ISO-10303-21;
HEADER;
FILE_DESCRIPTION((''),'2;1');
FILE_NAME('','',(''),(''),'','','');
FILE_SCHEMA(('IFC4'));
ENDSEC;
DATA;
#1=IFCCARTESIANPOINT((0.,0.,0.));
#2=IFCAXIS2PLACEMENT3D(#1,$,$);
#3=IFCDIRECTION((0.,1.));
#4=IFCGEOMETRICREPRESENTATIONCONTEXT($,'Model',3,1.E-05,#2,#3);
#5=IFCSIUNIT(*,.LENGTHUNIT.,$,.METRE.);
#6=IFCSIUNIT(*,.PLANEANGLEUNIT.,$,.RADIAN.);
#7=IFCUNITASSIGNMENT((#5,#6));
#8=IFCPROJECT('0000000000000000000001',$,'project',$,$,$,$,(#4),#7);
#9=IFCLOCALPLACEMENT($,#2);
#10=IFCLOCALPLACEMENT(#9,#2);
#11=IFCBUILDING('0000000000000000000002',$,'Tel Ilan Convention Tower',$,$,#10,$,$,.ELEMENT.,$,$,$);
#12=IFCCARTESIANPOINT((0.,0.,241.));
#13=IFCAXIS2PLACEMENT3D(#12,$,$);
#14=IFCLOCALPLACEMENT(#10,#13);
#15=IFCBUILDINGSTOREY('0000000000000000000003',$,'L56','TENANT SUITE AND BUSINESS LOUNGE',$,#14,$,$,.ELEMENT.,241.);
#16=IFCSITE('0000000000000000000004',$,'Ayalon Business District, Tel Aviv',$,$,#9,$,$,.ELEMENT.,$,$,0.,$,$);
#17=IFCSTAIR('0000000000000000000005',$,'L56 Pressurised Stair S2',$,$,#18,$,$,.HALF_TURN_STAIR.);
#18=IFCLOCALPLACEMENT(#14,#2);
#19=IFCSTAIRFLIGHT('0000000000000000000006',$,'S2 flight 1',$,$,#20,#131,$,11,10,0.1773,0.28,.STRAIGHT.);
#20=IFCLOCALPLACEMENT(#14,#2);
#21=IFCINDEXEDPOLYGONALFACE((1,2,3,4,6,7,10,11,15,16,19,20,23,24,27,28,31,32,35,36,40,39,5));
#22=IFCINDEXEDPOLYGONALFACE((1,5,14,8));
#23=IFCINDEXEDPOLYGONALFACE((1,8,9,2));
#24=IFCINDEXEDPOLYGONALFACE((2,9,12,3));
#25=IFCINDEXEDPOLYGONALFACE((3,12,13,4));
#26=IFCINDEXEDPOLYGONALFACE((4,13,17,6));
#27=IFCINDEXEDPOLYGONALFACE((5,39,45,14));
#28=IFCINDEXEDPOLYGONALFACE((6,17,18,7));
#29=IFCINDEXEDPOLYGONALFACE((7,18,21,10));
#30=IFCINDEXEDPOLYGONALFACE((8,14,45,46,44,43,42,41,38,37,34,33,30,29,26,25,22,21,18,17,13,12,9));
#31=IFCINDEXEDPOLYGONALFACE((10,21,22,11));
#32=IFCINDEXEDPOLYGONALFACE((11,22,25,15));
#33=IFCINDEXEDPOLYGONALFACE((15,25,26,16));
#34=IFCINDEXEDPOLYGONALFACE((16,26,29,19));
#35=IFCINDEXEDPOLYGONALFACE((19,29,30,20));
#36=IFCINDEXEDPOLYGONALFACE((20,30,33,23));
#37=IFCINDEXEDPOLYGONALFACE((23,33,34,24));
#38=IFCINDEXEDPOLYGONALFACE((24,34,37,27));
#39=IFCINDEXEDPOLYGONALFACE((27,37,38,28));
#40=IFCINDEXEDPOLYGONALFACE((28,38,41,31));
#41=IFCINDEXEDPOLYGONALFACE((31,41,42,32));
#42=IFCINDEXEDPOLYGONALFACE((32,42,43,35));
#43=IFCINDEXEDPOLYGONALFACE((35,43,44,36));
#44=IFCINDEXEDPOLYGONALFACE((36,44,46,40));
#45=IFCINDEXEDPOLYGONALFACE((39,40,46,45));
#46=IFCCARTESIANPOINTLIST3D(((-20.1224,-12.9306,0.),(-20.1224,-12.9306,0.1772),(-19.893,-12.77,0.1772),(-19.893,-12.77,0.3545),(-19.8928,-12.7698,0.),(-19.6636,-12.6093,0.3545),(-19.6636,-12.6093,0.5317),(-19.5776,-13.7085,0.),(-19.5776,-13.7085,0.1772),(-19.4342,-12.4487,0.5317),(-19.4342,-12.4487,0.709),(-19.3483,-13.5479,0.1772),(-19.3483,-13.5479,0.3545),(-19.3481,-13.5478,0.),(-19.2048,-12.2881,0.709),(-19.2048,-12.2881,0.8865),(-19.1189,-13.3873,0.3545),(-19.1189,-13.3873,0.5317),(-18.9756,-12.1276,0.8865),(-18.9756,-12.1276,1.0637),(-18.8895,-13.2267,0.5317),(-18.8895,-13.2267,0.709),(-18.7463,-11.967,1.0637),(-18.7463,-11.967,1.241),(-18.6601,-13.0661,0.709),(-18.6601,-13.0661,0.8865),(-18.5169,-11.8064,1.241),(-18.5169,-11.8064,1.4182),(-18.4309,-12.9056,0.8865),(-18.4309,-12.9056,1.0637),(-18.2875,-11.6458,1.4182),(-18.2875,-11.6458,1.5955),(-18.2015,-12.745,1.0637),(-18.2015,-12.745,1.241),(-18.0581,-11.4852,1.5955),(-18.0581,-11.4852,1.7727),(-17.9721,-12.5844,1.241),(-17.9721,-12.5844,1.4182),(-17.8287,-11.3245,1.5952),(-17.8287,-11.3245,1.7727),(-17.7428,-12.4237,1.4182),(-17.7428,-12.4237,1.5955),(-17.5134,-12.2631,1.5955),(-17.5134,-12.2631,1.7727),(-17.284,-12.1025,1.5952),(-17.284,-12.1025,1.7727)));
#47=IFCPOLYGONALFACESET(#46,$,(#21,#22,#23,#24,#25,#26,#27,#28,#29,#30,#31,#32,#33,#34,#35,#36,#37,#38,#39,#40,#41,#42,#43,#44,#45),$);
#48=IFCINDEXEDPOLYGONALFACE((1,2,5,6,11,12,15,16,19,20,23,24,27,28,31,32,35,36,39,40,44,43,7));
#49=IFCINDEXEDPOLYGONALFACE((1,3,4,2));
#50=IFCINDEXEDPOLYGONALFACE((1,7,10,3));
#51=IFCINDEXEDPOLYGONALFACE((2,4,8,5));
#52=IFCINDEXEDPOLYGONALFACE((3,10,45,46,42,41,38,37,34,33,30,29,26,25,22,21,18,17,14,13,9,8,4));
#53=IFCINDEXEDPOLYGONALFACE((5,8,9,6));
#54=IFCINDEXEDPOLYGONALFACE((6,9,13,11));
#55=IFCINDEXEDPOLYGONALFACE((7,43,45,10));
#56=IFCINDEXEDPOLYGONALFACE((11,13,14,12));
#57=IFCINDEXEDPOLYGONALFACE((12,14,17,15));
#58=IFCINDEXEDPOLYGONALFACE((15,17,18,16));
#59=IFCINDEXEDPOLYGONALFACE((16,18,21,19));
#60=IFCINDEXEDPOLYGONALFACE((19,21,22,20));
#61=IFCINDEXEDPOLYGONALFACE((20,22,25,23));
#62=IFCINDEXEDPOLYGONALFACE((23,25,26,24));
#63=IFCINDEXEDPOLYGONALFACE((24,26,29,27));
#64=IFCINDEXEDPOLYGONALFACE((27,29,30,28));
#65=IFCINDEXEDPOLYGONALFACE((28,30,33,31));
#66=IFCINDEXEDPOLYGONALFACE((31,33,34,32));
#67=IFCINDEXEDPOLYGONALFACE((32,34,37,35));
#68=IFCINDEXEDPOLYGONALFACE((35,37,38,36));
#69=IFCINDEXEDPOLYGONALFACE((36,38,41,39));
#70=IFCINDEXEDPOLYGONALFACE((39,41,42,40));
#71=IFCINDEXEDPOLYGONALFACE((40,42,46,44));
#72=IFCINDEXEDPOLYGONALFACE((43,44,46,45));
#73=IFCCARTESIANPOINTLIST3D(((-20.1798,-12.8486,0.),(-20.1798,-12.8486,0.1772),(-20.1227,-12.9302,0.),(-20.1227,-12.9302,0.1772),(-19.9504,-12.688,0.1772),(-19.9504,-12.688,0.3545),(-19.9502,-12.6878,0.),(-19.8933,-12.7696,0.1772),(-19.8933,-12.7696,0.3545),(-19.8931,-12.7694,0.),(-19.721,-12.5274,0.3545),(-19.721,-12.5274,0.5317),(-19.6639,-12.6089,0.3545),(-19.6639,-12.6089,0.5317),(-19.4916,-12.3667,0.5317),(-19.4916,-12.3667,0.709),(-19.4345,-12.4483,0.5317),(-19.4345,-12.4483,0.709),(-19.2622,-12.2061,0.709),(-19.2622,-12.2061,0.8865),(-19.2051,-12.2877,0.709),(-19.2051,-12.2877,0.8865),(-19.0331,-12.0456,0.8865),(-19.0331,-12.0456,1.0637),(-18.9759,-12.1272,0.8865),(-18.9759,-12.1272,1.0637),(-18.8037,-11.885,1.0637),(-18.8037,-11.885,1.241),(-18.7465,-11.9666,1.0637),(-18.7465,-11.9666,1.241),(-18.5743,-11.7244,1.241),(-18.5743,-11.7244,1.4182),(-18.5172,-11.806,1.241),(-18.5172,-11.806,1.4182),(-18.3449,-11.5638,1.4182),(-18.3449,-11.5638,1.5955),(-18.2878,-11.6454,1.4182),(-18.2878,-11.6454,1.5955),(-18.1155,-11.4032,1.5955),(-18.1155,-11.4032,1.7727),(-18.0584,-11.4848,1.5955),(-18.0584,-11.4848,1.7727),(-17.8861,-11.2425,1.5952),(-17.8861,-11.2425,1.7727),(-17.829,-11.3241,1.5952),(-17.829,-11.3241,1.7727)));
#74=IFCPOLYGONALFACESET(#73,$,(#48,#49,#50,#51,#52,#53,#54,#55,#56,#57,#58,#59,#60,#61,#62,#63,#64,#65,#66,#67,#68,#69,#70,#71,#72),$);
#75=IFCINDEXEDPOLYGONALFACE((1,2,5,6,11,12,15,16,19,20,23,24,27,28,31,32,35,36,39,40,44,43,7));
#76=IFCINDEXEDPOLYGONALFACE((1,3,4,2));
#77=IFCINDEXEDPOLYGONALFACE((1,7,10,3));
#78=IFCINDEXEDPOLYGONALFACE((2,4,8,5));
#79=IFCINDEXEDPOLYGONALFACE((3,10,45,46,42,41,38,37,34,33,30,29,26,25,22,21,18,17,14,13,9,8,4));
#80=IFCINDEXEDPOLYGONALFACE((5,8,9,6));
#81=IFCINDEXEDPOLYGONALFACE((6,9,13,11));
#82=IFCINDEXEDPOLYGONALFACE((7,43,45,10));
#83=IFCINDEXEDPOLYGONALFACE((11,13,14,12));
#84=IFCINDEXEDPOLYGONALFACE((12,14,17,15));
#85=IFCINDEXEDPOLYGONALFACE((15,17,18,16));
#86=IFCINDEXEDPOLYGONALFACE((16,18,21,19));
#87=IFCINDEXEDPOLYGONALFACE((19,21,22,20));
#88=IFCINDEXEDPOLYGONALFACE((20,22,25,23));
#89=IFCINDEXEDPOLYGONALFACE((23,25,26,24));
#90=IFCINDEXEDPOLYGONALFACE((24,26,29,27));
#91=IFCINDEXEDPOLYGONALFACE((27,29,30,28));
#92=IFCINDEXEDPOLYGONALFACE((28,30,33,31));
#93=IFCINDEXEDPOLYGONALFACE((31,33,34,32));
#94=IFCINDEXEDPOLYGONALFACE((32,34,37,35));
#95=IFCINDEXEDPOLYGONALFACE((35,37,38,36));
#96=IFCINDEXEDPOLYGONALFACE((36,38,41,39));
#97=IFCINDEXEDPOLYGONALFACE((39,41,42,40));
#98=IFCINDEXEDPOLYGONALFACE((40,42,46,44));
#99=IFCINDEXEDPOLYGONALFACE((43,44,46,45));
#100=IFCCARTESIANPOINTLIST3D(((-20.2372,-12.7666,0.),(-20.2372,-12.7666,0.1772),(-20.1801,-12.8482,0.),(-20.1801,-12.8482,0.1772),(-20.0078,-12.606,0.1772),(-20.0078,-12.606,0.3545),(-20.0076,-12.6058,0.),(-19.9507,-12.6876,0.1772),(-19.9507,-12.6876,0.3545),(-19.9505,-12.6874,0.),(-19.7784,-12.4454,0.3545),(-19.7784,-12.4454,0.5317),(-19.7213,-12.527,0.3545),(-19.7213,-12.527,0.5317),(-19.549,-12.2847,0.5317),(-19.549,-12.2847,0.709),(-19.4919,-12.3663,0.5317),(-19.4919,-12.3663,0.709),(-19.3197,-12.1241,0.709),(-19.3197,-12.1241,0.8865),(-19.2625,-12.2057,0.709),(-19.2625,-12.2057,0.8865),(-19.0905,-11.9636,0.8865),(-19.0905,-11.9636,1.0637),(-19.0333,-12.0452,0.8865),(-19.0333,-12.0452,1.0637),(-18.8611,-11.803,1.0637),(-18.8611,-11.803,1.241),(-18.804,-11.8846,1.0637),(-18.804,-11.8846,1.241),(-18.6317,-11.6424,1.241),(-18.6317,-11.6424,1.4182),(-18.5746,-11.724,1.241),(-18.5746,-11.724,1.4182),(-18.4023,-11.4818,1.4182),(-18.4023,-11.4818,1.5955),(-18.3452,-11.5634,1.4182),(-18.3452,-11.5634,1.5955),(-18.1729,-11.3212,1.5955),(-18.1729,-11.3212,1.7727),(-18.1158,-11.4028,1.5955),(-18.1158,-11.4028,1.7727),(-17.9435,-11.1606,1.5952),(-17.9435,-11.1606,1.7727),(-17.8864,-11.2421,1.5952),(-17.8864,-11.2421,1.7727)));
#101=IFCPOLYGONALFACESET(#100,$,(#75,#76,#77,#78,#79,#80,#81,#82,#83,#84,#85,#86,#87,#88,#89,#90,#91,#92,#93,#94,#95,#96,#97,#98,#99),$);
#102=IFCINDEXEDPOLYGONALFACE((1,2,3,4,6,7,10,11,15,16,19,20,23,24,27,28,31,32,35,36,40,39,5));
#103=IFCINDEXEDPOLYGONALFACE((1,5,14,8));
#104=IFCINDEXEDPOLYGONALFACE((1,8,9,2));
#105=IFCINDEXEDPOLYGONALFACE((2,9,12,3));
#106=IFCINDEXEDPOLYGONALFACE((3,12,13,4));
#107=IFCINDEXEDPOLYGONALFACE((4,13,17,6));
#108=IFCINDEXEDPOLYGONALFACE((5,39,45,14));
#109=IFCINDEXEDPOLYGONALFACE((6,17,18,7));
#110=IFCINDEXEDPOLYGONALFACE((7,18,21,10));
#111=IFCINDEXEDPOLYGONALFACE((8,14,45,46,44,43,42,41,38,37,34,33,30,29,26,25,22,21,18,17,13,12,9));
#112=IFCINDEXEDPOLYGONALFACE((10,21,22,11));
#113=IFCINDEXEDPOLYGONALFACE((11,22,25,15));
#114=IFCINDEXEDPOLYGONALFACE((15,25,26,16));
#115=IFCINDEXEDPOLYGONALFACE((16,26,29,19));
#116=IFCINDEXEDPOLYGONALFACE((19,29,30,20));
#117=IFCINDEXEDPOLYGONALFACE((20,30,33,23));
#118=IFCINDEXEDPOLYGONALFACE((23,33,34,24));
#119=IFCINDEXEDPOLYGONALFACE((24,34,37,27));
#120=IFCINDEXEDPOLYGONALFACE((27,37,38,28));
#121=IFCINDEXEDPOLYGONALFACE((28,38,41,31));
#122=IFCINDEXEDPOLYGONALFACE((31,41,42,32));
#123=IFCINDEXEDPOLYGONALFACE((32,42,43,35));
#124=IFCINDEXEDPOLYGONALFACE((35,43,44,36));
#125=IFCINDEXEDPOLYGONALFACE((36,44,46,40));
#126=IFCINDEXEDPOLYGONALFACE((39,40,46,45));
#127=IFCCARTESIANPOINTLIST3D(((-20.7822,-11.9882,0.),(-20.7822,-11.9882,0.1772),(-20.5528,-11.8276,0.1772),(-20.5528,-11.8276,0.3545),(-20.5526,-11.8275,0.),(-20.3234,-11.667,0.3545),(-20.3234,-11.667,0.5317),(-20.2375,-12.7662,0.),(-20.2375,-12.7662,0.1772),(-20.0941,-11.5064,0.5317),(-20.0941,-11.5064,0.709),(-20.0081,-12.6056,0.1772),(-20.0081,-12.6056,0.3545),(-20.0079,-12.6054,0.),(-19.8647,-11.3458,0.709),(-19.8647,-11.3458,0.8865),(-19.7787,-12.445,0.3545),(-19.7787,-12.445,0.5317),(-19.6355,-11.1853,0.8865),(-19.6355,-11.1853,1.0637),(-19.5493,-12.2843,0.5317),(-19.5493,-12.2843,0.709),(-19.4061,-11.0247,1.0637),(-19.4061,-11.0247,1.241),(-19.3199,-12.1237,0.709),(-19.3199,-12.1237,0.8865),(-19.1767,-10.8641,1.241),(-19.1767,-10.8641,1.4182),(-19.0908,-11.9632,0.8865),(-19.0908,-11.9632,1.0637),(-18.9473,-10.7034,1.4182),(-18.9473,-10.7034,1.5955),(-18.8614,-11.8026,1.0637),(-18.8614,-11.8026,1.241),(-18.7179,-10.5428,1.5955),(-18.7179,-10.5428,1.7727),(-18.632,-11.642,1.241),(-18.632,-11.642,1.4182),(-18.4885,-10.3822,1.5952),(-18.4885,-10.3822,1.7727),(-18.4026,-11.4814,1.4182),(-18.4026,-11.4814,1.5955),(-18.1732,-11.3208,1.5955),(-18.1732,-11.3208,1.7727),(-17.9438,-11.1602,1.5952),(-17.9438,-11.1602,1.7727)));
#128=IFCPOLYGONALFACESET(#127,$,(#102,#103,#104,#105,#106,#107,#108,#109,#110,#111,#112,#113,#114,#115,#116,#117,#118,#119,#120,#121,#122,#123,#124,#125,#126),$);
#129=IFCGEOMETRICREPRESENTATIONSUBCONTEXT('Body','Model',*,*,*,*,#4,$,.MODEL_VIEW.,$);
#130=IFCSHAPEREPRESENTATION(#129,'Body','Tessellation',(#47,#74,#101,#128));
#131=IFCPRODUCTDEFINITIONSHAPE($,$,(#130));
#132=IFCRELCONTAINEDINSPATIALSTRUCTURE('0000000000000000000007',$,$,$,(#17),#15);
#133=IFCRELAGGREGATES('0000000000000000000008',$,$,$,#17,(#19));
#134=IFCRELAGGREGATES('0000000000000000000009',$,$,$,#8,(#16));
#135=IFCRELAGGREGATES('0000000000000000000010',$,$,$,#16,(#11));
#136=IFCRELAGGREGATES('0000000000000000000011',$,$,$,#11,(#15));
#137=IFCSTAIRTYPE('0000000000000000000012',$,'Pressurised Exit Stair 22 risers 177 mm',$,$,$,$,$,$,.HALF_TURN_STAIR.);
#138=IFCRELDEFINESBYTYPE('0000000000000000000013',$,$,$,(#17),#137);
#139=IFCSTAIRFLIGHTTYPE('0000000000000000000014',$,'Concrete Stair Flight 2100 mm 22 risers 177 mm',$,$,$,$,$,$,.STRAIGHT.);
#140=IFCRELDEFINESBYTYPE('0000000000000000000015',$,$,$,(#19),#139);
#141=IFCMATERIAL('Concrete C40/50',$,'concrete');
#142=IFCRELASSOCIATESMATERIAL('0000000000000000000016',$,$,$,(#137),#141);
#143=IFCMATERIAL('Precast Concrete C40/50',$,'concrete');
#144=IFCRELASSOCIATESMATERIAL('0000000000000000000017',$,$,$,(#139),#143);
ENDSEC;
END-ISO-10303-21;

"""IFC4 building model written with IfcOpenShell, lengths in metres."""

from ifc_helpers import new_model, si_unit, direction, frame, origin, place, context, subcontext, project, spatial, polyline, outline, extrude, material, type_object, element, aggregate, save


model = new_model("IFC4")

# Units and contexts
model_context = context("Model", 3, precision=1e-05, world=origin(), true_north=direction((0.0, 1.0)))
body_context = subcontext(model_context, "Body", "Model", "MODEL_VIEW")
ifc_project = project(units=[si_unit("LENGTHUNIT", "METRE"), si_unit("PLANEANGLEUNIT", "RADIAN")], contexts=[model_context])

# Site, building, storey
site_placement = place(None, origin())
site = spatial("IfcSite", under=ifc_project, at=site_placement, Name="Ayalon Business District, Tel Aviv", CompositionType="ELEMENT", RefElevation=0.0)
building_placement = place(site_placement, origin())
building = spatial("IfcBuilding", under=site, at=building_placement, Name="Tel Ilan Convention Tower", CompositionType="ELEMENT")
storey_placement = place(building_placement, frame((0.0, 0.0, 241.0)))
storey = spatial("IfcBuildingStorey", under=building, at=storey_placement, Name="L56", Description="TENANT SUITE AND BUSINESS LOUNGE", CompositionType="ELEMENT", Elevation=241.0)

# Stair, stair flight
ifc_material_1 = material(Name="Concrete C40/50", Category="concrete")
stair_type = type_object("IfcStairType", Name="Pressurised Exit Stair 22 risers 177 mm", PredefinedType="HALF_TURN_STAIR", material=ifc_material_1)
ifc_material_2 = material(Name="Precast Concrete C40/50", Category="concrete")
stair_flight_type = type_object("IfcStairFlightType", Name="Concrete Stair Flight 2100 mm 22 risers 177 mm", PredefinedType="STRAIGHT", material=ifc_material_2)
stair_1_placement = place(storey_placement, origin())
stair_1 = element("IfcStair", 1, at=stair_1_placement, inside=storey, type_object=stair_type, Name="L56 Pressurised Stair S2", PredefinedType="HALF_TURN_STAIR")
stair_flight_1_placement = place(storey_placement, frame((-20.1799, -12.8484, 0.0), z_axis=(0.0, 0.0, 1.0), x_axis=(0.819152, 0.573576, 0.0)))
stair_flight_1 = element("IfcStairFlight", 2, at=stair_flight_1_placement, type_object=stair_flight_type, Name="S2 flight 1", NumberOfRisers=11, NumberOfTreads=10, PredefinedType="STRAIGHT", RiserHeight=0.1773, TreadLength=0.28, context=body_context, shape_type="SweptSolid", body=[
    extrude(outline(polyline([(0.0, 0.0), (0.0, 0.1772), (0.28, 0.1772), (0.28, 0.3545), (0.5601, 0.3545), (0.5601, 0.5317), (0.8401, 0.5317), (0.8401, 0.709), (1.1201, 0.709), (1.1201, 0.8865), (1.3999, 0.8865), (1.3999, 1.0637), (1.6799, 1.0637), (1.6799, 1.241), (1.96, 1.241), (1.96, 1.4182), (2.24, 1.4182), (2.24, 1.5955), (2.52, 1.5955), (2.52, 1.7727), (2.8, 1.7727), (2.8, 1.95), (2.8, 1.5952), (0.2803, 0.0), (0.0, 0.0)])), frame((0.0, -0.1003, 0.0), z_axis=(0.0, -1.0, 0.0), x_axis=(1.0, 0.0, 0.0)), (0.0, 0.0, 1.0), 0.9497),
    extrude(outline(polyline([(0.0, 0.0), (0.0, 0.1772), (0.28, 0.1772), (0.28, 0.3545), (0.5601, 0.3545), (0.5601, 0.5317), (0.8401, 0.5317), (0.8401, 0.709), (1.1201, 0.709), (1.1201, 0.8865), (1.3999, 0.8865), (1.3999, 1.0637), (1.6799, 1.0637), (1.6799, 1.241), (1.96, 1.241), (1.96, 1.4182), (2.24, 1.4182), (2.24, 1.5955), (2.52, 1.5955), (2.52, 1.7727), (2.8, 1.7727), (2.8, 1.95), (2.8, 1.5952), (0.2803, 0.0), (0.0, 0.0)])), frame((0.0, -0.0002, 0.0), z_axis=(0.0, -1.0, 0.0), x_axis=(1.0, 0.0, 0.0)), (0.0, 0.0, 1.0), 0.0996),
    extrude(outline(polyline([(0.0, 0.0), (0.0, 0.1772), (0.28, 0.1772), (0.28, 0.3545), (0.5601, 0.3545), (0.5601, 0.5317), (0.8401, 0.5317), (0.8401, 0.709), (1.1201, 0.709), (1.1201, 0.8865), (1.3999, 0.8865), (1.3999, 1.0637), (1.6799, 1.0637), (1.6799, 1.241), (1.96, 1.241), (1.96, 1.4182), (2.24, 1.4182), (2.24, 1.5955), (2.52, 1.5955), (2.52, 1.7727), (2.8, 1.7727), (2.8, 1.95), (2.8, 1.5952), (0.2803, 0.0), (0.0, 0.0)])), frame((0.0, 0.0999, 0.0), z_axis=(0.0, -1.0, 0.0), x_axis=(1.0, 0.0, 0.0)), (0.0, 0.0, 1.0), 0.0996),
    extrude(outline(polyline([(0.0, 0.0), (0.0, 0.1772), (0.28, 0.1772), (0.28, 0.3545), (0.5601, 0.3545), (0.5601, 0.5317), (0.8401, 0.5317), (0.8401, 0.709), (1.1201, 0.709), (1.1201, 0.8865), (1.3999, 0.8865), (1.3999, 1.0637), (1.6799, 1.0637), (1.6799, 1.241), (1.96, 1.241), (1.96, 1.4182), (2.24, 1.4182), (2.24, 1.5955), (2.52, 1.5955), (2.52, 1.7727), (2.8, 1.7727), (2.8, 1.95), (2.8, 1.5952), (0.2803, 0.0), (0.0, 0.0)])), frame((0.0, 1.05, 0.0), z_axis=(0.0, -1.0, 0.0), x_axis=(1.0, 0.0, 0.0)), (0.0, 0.0, 1.0), 0.9497),
])
aggregate(stair_1, [stair_flight_1])

save(model, "model.ifc")
